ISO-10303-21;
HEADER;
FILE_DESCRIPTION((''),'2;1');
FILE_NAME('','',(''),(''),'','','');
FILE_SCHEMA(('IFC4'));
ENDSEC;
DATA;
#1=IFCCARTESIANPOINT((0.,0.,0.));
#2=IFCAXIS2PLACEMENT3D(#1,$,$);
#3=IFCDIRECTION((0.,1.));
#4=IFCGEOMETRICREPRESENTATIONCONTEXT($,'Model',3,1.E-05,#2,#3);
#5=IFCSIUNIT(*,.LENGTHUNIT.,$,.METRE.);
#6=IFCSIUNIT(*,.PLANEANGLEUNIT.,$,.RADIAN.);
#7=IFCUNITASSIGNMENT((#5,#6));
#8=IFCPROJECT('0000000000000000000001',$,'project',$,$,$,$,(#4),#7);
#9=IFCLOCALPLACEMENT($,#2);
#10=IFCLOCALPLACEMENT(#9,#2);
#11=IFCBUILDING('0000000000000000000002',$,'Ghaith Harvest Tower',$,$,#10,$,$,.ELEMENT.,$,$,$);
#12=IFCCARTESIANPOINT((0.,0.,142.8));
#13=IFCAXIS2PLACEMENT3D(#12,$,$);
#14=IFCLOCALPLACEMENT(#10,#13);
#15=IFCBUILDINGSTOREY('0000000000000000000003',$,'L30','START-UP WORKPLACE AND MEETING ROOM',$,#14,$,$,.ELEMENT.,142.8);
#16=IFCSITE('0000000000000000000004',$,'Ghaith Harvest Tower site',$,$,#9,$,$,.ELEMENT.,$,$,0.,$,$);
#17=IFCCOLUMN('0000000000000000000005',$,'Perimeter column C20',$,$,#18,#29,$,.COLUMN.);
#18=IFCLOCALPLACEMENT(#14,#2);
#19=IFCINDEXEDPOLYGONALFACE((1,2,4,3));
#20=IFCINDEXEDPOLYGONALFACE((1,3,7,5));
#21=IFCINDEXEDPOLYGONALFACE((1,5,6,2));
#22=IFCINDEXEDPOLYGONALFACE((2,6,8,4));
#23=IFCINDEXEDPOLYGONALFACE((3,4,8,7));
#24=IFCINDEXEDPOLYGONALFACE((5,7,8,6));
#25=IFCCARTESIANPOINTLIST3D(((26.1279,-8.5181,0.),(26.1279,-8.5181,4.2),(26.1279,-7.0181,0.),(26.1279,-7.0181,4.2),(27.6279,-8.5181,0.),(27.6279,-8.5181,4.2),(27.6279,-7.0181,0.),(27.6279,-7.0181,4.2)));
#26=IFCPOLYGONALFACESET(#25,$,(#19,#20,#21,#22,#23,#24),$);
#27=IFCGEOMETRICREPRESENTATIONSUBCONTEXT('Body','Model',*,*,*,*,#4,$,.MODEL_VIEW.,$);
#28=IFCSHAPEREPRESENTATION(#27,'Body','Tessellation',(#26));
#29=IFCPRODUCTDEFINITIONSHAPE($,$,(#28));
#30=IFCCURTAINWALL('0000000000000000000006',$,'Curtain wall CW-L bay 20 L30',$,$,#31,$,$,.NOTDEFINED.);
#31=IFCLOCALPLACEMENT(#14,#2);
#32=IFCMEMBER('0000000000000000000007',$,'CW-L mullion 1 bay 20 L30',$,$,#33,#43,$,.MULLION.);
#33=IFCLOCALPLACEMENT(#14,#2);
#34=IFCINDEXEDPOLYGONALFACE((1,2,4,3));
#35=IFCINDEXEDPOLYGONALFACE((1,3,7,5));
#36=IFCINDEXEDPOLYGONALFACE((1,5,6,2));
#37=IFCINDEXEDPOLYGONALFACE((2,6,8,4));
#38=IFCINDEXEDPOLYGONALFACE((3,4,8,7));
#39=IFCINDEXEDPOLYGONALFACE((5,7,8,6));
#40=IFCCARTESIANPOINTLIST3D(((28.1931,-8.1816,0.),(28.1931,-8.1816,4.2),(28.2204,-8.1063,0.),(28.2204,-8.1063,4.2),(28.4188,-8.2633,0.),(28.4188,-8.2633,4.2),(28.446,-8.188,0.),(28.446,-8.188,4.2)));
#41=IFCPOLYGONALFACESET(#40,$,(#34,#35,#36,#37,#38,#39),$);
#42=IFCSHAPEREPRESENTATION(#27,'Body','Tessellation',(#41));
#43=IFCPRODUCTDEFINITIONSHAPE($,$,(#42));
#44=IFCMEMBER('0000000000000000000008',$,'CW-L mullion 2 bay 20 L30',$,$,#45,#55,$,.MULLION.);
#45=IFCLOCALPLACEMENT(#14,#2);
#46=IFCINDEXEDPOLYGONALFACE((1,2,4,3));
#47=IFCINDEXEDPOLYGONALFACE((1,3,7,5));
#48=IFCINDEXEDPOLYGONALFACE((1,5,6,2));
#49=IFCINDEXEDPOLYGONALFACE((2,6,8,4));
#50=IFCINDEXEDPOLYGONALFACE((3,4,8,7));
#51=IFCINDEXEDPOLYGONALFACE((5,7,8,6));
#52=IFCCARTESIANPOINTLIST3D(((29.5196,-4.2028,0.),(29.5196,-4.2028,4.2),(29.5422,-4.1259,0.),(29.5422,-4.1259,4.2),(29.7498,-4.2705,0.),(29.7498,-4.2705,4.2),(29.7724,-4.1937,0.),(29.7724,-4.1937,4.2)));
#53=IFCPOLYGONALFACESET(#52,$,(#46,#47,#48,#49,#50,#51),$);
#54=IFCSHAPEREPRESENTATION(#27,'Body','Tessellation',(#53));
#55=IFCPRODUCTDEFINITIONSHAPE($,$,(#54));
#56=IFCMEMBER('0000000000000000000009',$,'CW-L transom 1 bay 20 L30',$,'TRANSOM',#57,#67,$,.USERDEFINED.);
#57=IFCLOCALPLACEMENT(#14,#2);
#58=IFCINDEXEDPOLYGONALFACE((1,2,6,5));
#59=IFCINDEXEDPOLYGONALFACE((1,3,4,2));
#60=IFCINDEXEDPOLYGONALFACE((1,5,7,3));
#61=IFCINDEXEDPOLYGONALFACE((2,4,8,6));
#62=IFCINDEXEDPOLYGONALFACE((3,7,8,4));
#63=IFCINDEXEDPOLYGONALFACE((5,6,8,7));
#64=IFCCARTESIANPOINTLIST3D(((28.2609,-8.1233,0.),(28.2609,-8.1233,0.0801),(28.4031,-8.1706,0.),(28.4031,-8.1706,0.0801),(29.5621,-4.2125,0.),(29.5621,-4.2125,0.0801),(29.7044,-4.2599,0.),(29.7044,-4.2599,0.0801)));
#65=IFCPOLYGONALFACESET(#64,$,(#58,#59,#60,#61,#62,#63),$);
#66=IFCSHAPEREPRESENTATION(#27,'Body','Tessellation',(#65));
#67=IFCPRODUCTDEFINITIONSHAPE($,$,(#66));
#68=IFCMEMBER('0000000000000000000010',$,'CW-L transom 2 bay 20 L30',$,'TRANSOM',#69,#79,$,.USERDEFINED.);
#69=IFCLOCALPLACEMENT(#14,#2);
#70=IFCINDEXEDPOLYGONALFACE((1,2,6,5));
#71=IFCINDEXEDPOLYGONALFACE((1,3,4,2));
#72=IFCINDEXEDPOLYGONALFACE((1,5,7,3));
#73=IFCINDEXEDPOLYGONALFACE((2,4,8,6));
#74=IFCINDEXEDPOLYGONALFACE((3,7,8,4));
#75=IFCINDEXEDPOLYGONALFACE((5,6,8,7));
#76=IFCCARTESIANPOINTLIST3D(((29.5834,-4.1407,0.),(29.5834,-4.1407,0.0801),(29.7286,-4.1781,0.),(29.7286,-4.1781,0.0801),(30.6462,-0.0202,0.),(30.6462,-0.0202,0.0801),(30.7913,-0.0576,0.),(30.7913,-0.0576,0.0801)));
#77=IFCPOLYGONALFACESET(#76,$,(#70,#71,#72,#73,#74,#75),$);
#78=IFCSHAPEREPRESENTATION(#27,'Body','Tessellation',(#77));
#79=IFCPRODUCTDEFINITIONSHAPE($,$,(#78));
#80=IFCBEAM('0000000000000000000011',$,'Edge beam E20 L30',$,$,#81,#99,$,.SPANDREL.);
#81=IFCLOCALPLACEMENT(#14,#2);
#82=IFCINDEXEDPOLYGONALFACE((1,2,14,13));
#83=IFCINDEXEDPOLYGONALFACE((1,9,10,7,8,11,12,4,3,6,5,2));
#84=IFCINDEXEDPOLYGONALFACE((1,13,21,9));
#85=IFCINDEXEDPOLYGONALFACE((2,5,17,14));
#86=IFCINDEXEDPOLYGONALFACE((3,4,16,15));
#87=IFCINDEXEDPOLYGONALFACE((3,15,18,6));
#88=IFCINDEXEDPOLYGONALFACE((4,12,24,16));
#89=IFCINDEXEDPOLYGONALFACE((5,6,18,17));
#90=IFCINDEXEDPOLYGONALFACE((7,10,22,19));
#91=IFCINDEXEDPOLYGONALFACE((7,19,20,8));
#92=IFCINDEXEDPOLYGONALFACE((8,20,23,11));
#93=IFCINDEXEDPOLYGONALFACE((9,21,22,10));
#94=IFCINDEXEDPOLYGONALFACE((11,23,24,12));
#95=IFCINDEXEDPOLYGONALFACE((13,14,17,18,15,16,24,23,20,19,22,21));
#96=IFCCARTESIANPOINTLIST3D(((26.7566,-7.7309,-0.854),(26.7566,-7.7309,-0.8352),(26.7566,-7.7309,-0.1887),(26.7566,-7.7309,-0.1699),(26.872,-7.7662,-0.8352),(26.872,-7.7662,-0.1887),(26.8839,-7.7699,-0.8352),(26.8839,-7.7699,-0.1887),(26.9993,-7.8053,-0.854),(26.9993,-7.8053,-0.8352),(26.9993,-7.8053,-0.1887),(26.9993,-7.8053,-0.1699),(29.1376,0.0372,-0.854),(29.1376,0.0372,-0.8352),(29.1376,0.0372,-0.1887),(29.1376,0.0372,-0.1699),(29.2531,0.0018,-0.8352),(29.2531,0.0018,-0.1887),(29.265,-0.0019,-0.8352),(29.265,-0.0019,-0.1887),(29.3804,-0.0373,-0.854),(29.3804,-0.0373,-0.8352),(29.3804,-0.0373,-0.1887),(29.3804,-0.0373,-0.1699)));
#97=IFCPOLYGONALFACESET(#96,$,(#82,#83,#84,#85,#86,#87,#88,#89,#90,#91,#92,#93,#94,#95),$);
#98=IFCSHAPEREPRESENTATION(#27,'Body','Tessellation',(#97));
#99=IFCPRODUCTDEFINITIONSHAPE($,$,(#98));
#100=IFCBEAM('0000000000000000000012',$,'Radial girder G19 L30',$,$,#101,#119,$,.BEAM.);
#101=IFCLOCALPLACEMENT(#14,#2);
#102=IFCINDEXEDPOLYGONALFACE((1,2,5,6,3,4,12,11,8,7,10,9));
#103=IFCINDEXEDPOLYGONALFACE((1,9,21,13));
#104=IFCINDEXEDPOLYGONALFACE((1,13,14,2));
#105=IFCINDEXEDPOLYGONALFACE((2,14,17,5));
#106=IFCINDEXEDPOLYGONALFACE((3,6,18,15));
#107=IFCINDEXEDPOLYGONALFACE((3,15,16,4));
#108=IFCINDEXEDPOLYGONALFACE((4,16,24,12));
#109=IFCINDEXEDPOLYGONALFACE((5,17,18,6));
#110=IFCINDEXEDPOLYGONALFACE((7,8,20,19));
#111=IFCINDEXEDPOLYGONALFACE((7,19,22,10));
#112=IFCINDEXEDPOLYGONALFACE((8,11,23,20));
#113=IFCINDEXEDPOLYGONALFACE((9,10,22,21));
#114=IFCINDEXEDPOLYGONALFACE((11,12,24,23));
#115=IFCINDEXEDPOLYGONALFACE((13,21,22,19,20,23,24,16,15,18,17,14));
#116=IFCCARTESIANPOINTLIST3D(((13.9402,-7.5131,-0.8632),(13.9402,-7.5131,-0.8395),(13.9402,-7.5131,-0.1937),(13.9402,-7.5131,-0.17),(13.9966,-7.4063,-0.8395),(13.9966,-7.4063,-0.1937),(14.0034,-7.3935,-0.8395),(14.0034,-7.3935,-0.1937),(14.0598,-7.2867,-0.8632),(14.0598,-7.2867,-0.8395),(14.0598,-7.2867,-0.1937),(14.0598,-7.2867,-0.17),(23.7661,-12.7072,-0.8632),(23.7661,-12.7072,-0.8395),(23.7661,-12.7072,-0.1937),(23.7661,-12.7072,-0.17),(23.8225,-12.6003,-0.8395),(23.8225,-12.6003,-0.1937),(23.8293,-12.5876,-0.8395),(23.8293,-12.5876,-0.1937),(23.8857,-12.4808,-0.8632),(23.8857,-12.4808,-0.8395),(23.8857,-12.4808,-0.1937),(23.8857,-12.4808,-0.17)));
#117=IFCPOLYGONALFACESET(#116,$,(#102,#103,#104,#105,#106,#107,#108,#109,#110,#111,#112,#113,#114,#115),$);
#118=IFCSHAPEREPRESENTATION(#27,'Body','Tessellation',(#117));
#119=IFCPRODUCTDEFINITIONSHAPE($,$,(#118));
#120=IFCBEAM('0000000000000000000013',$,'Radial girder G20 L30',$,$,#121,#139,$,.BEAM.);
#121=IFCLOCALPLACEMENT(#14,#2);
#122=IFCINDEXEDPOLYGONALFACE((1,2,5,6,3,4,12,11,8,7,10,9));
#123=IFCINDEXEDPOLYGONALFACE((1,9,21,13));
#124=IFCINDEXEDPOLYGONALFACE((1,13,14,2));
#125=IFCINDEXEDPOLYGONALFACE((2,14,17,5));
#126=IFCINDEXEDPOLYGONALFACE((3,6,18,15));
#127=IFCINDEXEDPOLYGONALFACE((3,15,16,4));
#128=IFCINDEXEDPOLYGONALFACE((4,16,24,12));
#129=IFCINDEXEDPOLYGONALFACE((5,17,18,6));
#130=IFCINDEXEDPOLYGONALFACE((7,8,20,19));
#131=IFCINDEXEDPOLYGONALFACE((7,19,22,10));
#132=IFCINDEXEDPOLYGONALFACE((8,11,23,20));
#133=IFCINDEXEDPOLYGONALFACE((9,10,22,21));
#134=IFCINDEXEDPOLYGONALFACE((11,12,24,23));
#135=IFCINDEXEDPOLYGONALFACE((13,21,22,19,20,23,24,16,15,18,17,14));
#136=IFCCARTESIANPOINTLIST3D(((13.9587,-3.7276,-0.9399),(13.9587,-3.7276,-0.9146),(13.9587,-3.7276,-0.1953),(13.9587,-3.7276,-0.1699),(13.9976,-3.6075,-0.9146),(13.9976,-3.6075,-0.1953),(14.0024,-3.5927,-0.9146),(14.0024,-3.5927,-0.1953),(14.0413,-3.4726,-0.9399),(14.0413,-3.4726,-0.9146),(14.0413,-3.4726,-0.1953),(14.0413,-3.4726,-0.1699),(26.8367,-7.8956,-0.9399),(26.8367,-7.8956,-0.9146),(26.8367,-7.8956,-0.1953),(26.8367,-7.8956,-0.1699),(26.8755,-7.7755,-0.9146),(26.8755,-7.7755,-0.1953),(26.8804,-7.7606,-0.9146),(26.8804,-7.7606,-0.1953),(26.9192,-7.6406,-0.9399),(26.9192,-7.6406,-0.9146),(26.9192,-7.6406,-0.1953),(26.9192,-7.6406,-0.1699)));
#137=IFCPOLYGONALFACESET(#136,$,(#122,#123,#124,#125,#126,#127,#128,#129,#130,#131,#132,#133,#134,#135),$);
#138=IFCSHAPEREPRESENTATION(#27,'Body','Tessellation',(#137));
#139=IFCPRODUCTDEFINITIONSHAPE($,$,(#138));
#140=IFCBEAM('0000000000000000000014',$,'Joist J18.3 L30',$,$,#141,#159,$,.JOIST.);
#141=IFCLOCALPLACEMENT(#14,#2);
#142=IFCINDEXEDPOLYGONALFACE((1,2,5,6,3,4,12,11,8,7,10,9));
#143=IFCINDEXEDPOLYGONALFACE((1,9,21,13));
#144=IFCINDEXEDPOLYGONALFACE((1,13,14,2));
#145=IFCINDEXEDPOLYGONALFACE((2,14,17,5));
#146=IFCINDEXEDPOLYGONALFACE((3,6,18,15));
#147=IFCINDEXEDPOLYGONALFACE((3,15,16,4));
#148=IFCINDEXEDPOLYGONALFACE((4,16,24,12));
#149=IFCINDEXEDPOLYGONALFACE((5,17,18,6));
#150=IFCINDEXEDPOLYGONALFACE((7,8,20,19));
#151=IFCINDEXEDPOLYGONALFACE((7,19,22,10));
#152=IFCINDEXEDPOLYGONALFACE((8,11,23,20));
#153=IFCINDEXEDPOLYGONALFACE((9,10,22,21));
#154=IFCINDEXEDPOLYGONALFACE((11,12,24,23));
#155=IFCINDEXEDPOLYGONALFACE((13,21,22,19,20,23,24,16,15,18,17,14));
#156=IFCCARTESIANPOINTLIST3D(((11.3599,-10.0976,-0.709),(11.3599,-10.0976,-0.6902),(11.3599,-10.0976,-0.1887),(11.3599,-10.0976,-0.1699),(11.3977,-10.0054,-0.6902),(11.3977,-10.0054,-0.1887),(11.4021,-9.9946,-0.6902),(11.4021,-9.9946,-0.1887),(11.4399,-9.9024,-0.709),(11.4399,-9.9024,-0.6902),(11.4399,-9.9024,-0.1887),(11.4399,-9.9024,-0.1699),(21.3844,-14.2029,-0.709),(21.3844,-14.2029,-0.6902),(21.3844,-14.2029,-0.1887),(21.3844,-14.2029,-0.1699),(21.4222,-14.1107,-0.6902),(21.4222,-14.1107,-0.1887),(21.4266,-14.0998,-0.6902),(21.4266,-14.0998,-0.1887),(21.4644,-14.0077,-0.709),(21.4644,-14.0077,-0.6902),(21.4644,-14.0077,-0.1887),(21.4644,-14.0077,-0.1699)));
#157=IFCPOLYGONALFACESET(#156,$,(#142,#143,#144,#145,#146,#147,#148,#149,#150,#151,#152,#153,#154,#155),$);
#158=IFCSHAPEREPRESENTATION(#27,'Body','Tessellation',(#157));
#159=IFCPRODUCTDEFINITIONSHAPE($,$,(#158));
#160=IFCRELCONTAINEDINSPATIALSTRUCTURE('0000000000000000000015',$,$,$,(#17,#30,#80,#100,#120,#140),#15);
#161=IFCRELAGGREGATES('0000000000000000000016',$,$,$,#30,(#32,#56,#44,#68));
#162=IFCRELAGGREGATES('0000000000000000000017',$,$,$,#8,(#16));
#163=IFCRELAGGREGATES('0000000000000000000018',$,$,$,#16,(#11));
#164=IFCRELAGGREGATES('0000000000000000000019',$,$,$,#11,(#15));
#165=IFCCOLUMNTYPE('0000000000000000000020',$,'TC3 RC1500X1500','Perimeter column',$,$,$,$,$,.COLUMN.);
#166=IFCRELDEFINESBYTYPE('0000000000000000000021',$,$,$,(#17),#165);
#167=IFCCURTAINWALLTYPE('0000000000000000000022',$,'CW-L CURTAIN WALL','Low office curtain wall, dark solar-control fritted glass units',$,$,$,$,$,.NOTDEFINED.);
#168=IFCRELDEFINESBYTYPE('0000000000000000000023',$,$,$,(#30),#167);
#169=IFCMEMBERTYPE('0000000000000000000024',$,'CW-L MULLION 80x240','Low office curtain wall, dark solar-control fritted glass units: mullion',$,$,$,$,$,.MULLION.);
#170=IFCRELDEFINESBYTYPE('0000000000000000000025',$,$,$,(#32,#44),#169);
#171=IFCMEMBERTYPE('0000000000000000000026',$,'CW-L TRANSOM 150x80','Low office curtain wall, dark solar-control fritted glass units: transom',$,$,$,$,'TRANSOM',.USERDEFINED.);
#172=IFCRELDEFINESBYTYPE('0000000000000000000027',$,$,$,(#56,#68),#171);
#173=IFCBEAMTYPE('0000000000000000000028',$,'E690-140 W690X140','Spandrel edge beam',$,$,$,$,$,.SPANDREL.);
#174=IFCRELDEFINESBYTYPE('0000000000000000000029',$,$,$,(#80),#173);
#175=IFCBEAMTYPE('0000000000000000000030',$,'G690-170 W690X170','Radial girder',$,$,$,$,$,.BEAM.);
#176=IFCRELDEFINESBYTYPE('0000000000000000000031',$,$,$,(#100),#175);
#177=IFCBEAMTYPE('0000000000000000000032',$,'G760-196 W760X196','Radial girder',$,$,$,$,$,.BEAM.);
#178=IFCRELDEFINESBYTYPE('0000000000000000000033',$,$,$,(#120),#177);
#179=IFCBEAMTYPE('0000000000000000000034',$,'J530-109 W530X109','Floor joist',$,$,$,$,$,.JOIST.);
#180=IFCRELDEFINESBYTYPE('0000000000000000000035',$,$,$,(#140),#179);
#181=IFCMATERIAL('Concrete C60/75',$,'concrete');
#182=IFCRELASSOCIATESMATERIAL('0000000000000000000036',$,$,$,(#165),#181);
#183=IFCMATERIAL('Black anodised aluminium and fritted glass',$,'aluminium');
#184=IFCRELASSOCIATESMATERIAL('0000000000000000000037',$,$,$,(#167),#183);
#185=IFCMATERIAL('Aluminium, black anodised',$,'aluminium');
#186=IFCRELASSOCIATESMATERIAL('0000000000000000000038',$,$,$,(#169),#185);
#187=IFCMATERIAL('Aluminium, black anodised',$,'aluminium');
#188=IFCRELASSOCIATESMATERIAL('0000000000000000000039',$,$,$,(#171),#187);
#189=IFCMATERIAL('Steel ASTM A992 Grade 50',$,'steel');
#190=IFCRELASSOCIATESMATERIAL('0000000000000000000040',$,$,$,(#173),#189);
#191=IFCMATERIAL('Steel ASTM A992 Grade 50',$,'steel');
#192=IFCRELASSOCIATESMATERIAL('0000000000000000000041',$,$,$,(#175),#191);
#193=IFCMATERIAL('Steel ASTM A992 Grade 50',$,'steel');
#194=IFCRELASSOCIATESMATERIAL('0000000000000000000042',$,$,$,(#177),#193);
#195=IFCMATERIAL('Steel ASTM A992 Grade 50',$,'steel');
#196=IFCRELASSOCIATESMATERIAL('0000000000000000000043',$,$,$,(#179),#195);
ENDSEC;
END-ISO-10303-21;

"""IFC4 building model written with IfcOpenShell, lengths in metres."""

from ifc_helpers import new_model, si_unit, direction, frame, origin, origin_2d, place, context, subcontext, project, spatial, rectangle, i_section, extrude, material, material_profile, profile_set, type_object, element, aggregate, save


model = new_model("IFC4")

# Units and contexts
model_context = context("Model", 3, precision=1e-05, world=origin(), true_north=direction((0.0, 1.0)))
body_context = subcontext(model_context, "Body", "Model", "MODEL_VIEW")
ifc_project = project(units=[si_unit("LENGTHUNIT", "METRE"), si_unit("PLANEANGLEUNIT", "RADIAN")], contexts=[model_context])

# Site, building, storey
site_placement = place(None, origin())
site = spatial("IfcSite", under=ifc_project, at=site_placement, Name="Ghaith Harvest Tower site", CompositionType="ELEMENT", RefElevation=0.0)
building_placement = place(site_placement, origin())
building = spatial("IfcBuilding", under=site, at=building_placement, Name="Ghaith Harvest Tower", CompositionType="ELEMENT")
storey_placement = place(building_placement, frame((0.0, 0.0, 142.8)))
storey = spatial("IfcBuildingStorey", under=building, at=storey_placement, Name="L30", Description="START-UP WORKPLACE AND MEETING ROOM", CompositionType="ELEMENT", Elevation=142.8)

# Column
ifc_material_1 = material(Name="Concrete C60/75", Category="concrete")
ifc_material_profile_1 = material_profile(ifc_material_1, rectangle(XDim=1.5, YDim=1.5, at=origin_2d()), Name="RC1500X1500")
ifc_profile_set_1 = profile_set([ifc_material_profile_1], Name="Concrete C60/75")
column_type = type_object("IfcColumnType", Name="TC3 RC1500X1500", Description="Perimeter column", PredefinedType="COLUMN", material=ifc_profile_set_1)
column_placement = place(storey_placement, frame((26.8779, -7.7681, 0.0), z_axis=(0.0, 0.0, 1.0), x_axis=(1.0, 0.0, 0.0)))
element("IfcColumn", 1, at=column_placement, inside=storey, type_object=column_type, Name="Perimeter column C20", PredefinedType="COLUMN", context=body_context, shape_type="SweptSolid", body=[
    extrude(rectangle(XDim=1.5, YDim=1.5, at=origin_2d()), origin(), (0.0, 0.0, 1.0), 4.2),
])

# Curtain wall, members
ifc_material_2 = material(Name="Black anodised aluminium and fritted glass", Category="aluminium")
curtain_wall_type = type_object("IfcCurtainWallType", Name="CW-L CURTAIN WALL", Description="Low office curtain wall, dark solar-control fritted glass units", PredefinedType="NOTDEFINED", material=ifc_material_2)
curtain_wall_1_placement = place(storey_placement, origin())
curtain_wall_1 = element("IfcCurtainWall", 2, at=curtain_wall_1_placement, inside=storey, type_object=curtain_wall_type, Name="Curtain wall CW-L bay 20 L30", PredefinedType="NOTDEFINED")
ifc_material_3 = material(Name="Aluminium, black anodised", Category="aluminium")
ifc_material_profile_2 = material_profile(ifc_material_3, rectangle(XDim=0.0801, YDim=0.24, at=origin_2d()), Name="CW-L MULLION 80x240")
ifc_profile_set_2 = profile_set([ifc_material_profile_2], Name="Aluminium, black anodised")
member_type_1 = type_object("IfcMemberType", Name="CW-L MULLION 80x240", Description="Low office curtain wall, dark solar-control fritted glass units: mullion", PredefinedType="MULLION", material=ifc_profile_set_2)
member_1_placement = place(storey_placement, frame((28.3196, -8.1848, 0.0), z_axis=(0.0, 0.0, 1.0), x_axis=(0.340574, 0.940218, 0.0)))
member_1 = element("IfcMember", 3, at=member_1_placement, type_object=member_type_1, Name="CW-L mullion 1 bay 20 L30", PredefinedType="MULLION", context=body_context, shape_type="SweptSolid", body=[
    extrude(rectangle(XDim=0.0801, YDim=0.24, at=origin_2d()), origin(), (0.0, 0.0, 1.0), 4.2),
])
member_2_placement = place(storey_placement, frame((29.646, -4.1982, 0.0), z_axis=(0.0, 0.0, 1.0), x_axis=(0.282375, 0.959304, 0.0)))
member_2 = element("IfcMember", 4, at=member_2_placement, type_object=member_type_1, Name="CW-L mullion 2 bay 20 L30", PredefinedType="MULLION", context=body_context, shape_type="SweptSolid", body=[
    extrude(rectangle(XDim=0.0801, YDim=0.24, at=origin_2d()), origin(), (0.0, 0.0, 1.0), 4.2),
])
ifc_material_4 = material(Name="Aluminium, black anodised", Category="aluminium")
ifc_material_profile_3 = material_profile(ifc_material_4, rectangle(XDim=0.1499, YDim=0.0801, at=origin_2d()), Name="CW-L TRANSOM 150x80")
ifc_profile_set_3 = profile_set([ifc_material_profile_3], Name="Aluminium, black anodised")
member_type_2 = type_object("IfcMemberType", Name="CW-L TRANSOM 150x80", Description="Low office curtain wall, dark solar-control fritted glass units: transom", ElementType="TRANSOM", PredefinedType="USERDEFINED", material=ifc_profile_set_3)
member_3_placement = place(storey_placement, frame((28.332, -8.147, 0.04), z_axis=(0.315712, 0.948855, 0.0), x_axis=(-0.948855, 0.315712, 0.0)))
member_3 = element("IfcMember", 5, at=member_3_placement, type_object=member_type_2, Name="CW-L transom 1 bay 20 L30", ObjectType="TRANSOM", PredefinedType="USERDEFINED", context=body_context, shape_type="SweptSolid", body=[
    extrude(rectangle(XDim=0.1499, YDim=0.0801, at=origin_2d()), origin(), (0.0, 0.0, 1.0), 4.1216),
])
member_4_placement = place(storey_placement, frame((29.656, -4.1594, 0.04), z_axis=(0.249737, 0.968314, 0.0), x_axis=(-0.968314, 0.249737, 0.0)))
member_4 = element("IfcMember", 6, at=member_4_placement, type_object=member_type_2, Name="CW-L transom 2 bay 20 L30", ObjectType="TRANSOM", PredefinedType="USERDEFINED", context=body_context, shape_type="SweptSolid", body=[
    extrude(rectangle(XDim=0.1499, YDim=0.0801, at=origin_2d()), origin(), (0.0, 0.0, 1.0), 4.2554),
])

# Beams
ifc_material_5 = material(Name="Steel ASTM A992 Grade 50", Category="steel")
ifc_material_profile_4 = material_profile(ifc_material_5, i_section(OverallWidth=0.2539, OverallDepth=0.6841, WebThickness=0.0125, FlangeThickness=0.0188, at=origin_2d()), Name="W690X140")
ifc_profile_set_4 = profile_set([ifc_material_profile_4], Name="Steel ASTM A992 Grade 50")
beam_type_1 = type_object("IfcBeamType", Name="E690-140 W690X140", Description="Spandrel edge beam", PredefinedType="SPANDREL", material=ifc_profile_set_4)
beam_1_placement = place(storey_placement, frame((26.8779, -7.7681, -0.512), z_axis=(0.293066, 0.956092, 0.0), x_axis=(-0.956092, 0.293066, 0.0)))
element("IfcBeam", 7, at=beam_1_placement, inside=storey, type_object=beam_type_1, Name="Edge beam E20 L30", PredefinedType="SPANDREL", context=body_context, shape_type="SweptSolid", body=[
    extrude(i_section(OverallWidth=0.2539, OverallDepth=0.6841, WebThickness=0.0125, FlangeThickness=0.0188, at=origin_2d()), origin(), (0.0, 0.0, 1.0), 8.1248),
])
ifc_material_6 = material(Name="Steel ASTM A992 Grade 50", Category="steel")
ifc_material_profile_5 = material_profile(ifc_material_6, i_section(OverallWidth=0.2561, OverallDepth=0.6931, WebThickness=0.0144, FlangeThickness=0.0237, at=origin_2d()), Name="W690X170")
ifc_profile_set_5 = profile_set([ifc_material_profile_5], Name="Steel ASTM A992 Grade 50")
beam_type_2 = type_object("IfcBeamType", Name="G690-170 W690X170", Description="Radial girder", PredefinedType="BEAM", material=ifc_profile_set_5)
beam_2_placement = place(storey_placement, frame((14.0, -7.3999, -0.5166), z_axis=(0.884081, -0.467335, 0.0), x_axis=(0.467335, 0.884081, 0.0)))
element("IfcBeam", 8, at=beam_2_placement, inside=storey, type_object=beam_type_2, Name="Radial girder G19 L30", PredefinedType="BEAM", context=body_context, shape_type="SweptSolid", body=[
    extrude(i_section(OverallWidth=0.2561, OverallDepth=0.6931, WebThickness=0.0144, FlangeThickness=0.0237, at=origin_2d()), origin(), (0.0, 0.0, 1.0), 11.1143),
])
ifc_material_7 = material(Name="Steel ASTM A992 Grade 50", Category="steel")
ifc_material_profile_6 = material_profile(ifc_material_7, i_section(OverallWidth=0.2681, OverallDepth=0.77, WebThickness=0.0156, FlangeThickness=0.0254, at=origin_2d()), Name="W760X196")
ifc_profile_set_6 = profile_set([ifc_material_profile_6], Name="Steel ASTM A992 Grade 50")
beam_type_3 = type_object("IfcBeamType", Name="G760-196 W760X196", Description="Radial girder", PredefinedType="BEAM", material=ifc_profile_set_6)
beam_3_placement = place(storey_placement, frame((14.0, -3.6001, -0.5549), z_axis=(0.95141, -0.307926, 0.0), x_axis=(0.307926, 0.95141, 0.0)))
element("IfcBeam", 9, at=beam_3_placement, inside=storey, type_object=beam_type_3, Name="Radial girder G20 L30", PredefinedType="BEAM", context=body_context, shape_type="SweptSolid", body=[
    extrude(i_section(OverallWidth=0.2681, OverallDepth=0.77, WebThickness=0.0156, FlangeThickness=0.0254, at=origin_2d()), origin(), (0.0, 0.0, 1.0), 13.5356),
])
ifc_material_8 = material(Name="Steel ASTM A992 Grade 50", Category="steel")
ifc_material_profile_7 = material_profile(ifc_material_8, i_section(OverallWidth=0.2109, OverallDepth=0.5391, WebThickness=0.0117, FlangeThickness=0.0188, at=origin_2d()), Name="W530X109")
ifc_profile_set_7 = profile_set([ifc_material_profile_7], Name="Steel ASTM A992 Grade 50")
beam_type_4 = type_object("IfcBeamType", Name="J530-109 W530X109", Description="Floor joist", PredefinedType="JOIST", material=ifc_profile_set_7)
beam_4_placement = place(storey_placement, frame((11.3999, -10.0, -0.4395), z_axis=(0.925407, -0.378975, 0.0), x_axis=(0.378975, 0.925407, 0.0)))
element("IfcBeam", 10, at=beam_4_placement, inside=storey, type_object=beam_type_4, Name="Joist J18.3 L30", PredefinedType="JOIST", context=body_context, shape_type="SweptSolid", body=[
    extrude(i_section(OverallWidth=0.2109, OverallDepth=0.5391, WebThickness=0.0117, FlangeThickness=0.0188, at=origin_2d()), origin(), (0.0, 0.0, 1.0), 10.8325),
])

aggregate(curtain_wall_1, [member_1, member_3, member_2, member_4])

save(model, "model.ifc")
